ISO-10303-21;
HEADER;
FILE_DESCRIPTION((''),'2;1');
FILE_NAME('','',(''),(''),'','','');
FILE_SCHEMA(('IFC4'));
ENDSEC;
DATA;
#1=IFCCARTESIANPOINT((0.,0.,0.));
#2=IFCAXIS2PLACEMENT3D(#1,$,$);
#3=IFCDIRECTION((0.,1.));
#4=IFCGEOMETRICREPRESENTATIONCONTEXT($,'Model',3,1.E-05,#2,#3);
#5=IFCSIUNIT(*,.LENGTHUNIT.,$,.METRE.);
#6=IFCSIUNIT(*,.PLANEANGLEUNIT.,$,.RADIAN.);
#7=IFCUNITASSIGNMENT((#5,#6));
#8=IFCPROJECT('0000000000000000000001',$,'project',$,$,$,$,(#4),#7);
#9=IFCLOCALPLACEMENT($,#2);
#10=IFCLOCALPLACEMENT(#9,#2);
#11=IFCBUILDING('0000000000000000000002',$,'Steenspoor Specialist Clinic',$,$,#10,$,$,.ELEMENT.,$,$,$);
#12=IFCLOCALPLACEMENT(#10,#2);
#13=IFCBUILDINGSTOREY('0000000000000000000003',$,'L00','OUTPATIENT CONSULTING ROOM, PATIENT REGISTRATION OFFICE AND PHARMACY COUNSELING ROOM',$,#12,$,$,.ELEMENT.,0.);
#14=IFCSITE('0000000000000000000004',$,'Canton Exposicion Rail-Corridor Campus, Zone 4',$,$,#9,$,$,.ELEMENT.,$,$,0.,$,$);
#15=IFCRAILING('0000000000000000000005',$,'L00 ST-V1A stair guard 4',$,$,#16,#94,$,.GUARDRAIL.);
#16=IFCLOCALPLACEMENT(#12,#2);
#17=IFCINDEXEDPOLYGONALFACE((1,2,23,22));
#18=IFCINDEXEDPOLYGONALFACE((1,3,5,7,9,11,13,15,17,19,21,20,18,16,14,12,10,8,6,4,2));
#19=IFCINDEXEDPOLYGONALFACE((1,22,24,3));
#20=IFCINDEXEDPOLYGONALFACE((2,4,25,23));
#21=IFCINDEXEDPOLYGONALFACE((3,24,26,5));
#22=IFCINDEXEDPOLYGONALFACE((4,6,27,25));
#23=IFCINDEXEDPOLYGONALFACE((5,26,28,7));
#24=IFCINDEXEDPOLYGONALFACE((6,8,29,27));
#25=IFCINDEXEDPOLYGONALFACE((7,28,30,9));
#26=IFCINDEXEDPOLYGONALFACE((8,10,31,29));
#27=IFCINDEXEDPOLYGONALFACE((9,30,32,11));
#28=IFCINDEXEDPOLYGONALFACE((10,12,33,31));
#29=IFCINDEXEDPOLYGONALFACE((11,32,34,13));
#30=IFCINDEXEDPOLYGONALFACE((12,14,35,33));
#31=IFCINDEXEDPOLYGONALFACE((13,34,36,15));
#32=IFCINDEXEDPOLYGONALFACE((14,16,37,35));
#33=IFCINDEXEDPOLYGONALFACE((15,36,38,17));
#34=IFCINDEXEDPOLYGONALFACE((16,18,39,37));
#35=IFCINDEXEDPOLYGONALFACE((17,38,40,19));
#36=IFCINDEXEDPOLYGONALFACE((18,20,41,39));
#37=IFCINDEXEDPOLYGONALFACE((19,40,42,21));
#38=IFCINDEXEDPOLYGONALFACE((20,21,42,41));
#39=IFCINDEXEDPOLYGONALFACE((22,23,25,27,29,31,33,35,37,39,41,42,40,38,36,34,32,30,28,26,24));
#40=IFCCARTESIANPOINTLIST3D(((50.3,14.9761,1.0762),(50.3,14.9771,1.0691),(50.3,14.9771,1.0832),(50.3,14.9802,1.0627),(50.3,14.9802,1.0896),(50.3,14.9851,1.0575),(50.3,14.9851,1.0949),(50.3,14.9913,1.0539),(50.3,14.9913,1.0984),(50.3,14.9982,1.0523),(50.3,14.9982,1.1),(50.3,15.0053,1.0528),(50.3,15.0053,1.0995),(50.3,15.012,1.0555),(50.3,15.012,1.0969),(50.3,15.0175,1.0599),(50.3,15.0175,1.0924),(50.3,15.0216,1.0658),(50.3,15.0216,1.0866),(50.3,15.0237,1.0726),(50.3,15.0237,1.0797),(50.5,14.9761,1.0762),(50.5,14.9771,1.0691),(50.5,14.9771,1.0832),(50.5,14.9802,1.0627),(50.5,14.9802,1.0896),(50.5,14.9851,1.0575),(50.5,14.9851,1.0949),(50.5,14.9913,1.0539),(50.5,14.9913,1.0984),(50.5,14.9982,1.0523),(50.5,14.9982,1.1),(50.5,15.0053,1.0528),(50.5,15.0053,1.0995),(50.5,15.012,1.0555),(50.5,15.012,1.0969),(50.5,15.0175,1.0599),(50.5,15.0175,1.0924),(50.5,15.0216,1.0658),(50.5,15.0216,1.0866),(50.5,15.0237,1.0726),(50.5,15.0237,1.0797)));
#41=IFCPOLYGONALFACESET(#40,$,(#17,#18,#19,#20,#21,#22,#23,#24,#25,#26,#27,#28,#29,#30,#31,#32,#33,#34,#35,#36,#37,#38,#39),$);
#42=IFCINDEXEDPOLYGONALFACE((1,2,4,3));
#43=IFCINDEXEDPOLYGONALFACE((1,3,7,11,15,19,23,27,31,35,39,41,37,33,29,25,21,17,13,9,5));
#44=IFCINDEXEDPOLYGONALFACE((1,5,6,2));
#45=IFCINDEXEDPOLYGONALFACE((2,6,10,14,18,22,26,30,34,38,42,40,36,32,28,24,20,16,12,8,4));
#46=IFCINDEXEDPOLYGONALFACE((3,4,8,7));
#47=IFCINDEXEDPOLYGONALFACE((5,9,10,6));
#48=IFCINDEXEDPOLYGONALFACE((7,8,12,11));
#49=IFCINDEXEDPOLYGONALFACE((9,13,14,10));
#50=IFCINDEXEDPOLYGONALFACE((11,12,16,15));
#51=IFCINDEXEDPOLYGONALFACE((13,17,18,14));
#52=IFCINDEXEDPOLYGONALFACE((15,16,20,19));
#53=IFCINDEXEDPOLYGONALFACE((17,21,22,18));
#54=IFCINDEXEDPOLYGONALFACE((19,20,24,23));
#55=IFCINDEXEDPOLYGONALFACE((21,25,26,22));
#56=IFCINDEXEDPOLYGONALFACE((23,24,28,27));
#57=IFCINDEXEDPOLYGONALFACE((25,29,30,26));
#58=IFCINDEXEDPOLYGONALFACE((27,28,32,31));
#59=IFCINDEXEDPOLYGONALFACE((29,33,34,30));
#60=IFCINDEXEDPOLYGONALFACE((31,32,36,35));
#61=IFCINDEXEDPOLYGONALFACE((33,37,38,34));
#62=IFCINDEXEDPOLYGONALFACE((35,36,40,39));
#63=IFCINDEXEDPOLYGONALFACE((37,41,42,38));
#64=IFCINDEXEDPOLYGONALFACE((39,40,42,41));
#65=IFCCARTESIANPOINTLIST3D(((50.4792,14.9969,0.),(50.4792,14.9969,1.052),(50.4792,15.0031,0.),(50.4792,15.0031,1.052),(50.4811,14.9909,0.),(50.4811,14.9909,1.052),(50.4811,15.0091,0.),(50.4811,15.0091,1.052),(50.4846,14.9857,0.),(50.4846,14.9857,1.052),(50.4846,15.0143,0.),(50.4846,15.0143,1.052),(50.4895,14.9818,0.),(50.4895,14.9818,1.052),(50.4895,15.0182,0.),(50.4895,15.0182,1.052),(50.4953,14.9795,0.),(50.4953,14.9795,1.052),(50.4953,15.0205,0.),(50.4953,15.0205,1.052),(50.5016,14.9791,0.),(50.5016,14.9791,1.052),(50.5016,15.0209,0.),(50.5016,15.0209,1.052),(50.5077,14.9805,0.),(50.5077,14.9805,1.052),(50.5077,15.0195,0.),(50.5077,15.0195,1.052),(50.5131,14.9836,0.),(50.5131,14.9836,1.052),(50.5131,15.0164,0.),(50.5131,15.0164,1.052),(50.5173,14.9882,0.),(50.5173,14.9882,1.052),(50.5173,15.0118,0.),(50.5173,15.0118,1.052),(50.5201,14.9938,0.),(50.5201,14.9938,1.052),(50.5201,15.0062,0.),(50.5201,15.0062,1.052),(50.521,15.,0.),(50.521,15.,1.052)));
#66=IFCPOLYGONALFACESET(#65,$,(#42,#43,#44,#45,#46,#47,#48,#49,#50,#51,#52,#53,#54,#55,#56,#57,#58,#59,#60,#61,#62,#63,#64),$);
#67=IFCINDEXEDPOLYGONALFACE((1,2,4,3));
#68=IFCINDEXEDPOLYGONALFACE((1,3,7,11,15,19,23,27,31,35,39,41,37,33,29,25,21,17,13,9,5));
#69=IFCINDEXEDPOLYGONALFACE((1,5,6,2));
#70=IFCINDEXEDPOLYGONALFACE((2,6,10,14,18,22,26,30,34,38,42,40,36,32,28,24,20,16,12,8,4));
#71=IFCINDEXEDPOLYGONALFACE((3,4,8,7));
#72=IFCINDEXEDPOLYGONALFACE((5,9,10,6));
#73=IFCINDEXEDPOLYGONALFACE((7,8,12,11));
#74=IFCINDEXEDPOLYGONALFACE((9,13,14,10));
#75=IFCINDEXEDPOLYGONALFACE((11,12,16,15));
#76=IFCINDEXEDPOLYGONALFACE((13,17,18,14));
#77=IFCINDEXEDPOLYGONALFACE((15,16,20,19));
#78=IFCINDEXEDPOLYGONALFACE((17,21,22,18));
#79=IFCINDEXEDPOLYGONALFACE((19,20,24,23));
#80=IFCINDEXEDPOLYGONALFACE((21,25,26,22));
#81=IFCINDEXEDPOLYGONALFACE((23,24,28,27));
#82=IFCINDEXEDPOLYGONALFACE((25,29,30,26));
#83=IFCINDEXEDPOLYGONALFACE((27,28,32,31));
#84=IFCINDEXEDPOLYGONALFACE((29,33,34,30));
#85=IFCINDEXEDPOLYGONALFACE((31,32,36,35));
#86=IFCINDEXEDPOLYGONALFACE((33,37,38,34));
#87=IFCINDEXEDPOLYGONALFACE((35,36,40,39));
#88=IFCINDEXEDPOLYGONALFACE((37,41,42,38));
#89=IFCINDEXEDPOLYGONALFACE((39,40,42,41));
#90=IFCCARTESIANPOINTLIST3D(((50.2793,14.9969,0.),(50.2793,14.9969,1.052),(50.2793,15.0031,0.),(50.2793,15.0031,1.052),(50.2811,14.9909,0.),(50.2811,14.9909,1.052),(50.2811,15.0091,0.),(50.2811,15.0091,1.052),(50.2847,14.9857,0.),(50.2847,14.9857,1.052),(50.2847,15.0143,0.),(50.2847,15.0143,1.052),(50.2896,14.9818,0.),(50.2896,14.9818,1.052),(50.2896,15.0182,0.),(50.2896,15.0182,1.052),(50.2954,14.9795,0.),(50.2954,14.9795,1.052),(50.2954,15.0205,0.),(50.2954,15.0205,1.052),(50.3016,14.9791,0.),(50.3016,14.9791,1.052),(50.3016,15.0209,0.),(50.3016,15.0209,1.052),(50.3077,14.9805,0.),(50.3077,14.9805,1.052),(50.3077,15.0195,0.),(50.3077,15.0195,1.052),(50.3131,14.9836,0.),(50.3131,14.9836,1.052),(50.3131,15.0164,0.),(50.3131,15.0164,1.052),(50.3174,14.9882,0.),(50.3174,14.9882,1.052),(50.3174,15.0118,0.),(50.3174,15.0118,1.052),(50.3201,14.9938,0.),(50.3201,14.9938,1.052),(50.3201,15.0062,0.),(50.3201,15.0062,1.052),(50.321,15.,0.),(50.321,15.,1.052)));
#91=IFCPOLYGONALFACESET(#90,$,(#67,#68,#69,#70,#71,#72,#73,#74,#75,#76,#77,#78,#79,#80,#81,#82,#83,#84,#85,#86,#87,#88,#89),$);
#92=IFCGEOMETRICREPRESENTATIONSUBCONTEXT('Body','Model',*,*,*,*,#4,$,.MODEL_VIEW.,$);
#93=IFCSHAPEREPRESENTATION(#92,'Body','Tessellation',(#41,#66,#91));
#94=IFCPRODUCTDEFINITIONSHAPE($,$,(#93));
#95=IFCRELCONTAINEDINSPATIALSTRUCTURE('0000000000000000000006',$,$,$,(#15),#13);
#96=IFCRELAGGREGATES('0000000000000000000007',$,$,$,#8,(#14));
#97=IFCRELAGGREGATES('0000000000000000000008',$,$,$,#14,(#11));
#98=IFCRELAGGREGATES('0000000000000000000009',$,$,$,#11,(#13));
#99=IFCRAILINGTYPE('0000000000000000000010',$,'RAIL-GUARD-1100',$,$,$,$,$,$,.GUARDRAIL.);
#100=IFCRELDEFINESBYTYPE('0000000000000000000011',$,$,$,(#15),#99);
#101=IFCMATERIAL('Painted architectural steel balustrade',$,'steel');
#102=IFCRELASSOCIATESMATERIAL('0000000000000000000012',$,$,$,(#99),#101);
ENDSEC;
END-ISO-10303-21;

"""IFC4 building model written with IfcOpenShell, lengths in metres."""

from ifc_helpers import new_model, si_unit, direction, frame, origin, origin_2d, place, context, subcontext, project, spatial, circle, extrude, material, type_object, element, save


model = new_model("IFC4")

# Units and contexts
model_context = context("Model", 3, precision=1e-05, world=origin(), true_north=direction((0.0, 1.0)))
body_context = subcontext(model_context, "Body", "Model", "MODEL_VIEW")
ifc_project = project(units=[si_unit("LENGTHUNIT", "METRE"), si_unit("PLANEANGLEUNIT", "RADIAN")], contexts=[model_context])

# Site, building, storey
site_placement = place(None, origin())
site = spatial("IfcSite", under=ifc_project, at=site_placement, Name="Canton Exposicion Rail-Corridor Campus, Zone 4", CompositionType="ELEMENT", RefElevation=0.0)
building_placement = place(site_placement, origin())
building = spatial("IfcBuilding", under=site, at=building_placement, Name="Steenspoor Specialist Clinic", CompositionType="ELEMENT")
storey_placement = place(building_placement, origin())
storey = spatial("IfcBuildingStorey", under=building, at=storey_placement, Name="L00", Description="OUTPATIENT CONSULTING ROOM, PATIENT REGISTRATION OFFICE AND PHARMACY COUNSELING ROOM", CompositionType="ELEMENT", Elevation=0.0)

# Railing
ifc_material_1 = material(Name="Painted architectural steel balustrade", Category="steel")
railing_type = type_object("IfcRailingType", Name="RAIL-GUARD-1100", PredefinedType="GUARDRAIL", material=ifc_material_1)
railing_placement = place(storey_placement, frame((50.5, 15.0, 0.0)))
element("IfcRailing", 1, at=railing_placement, inside=storey, type_object=railing_type, Name="L00 ST-V1A stair guard 4", PredefinedType="GUARDRAIL", context=body_context, shape_type="SweptSolid", body=[
    extrude(circle(Radius=0.0239, at=origin_2d()), frame((0.0, 0.0, 1.0762), z_axis=(-1.0, 0.0, 0.0), x_axis=(0.0, -1.0, 0.0)), (0.0, 0.0, 1.0), 0.2),
    extrude(circle(Radius=0.021, at=origin_2d()), origin(), (0.0, 0.0, 1.0), 1.052),
    extrude(circle(Radius=0.021, at=origin_2d()), frame((-0.2, 0.0, 0.0)), (0.0, 0.0, 1.0), 1.052),
])

save(model, "model.ifc")
